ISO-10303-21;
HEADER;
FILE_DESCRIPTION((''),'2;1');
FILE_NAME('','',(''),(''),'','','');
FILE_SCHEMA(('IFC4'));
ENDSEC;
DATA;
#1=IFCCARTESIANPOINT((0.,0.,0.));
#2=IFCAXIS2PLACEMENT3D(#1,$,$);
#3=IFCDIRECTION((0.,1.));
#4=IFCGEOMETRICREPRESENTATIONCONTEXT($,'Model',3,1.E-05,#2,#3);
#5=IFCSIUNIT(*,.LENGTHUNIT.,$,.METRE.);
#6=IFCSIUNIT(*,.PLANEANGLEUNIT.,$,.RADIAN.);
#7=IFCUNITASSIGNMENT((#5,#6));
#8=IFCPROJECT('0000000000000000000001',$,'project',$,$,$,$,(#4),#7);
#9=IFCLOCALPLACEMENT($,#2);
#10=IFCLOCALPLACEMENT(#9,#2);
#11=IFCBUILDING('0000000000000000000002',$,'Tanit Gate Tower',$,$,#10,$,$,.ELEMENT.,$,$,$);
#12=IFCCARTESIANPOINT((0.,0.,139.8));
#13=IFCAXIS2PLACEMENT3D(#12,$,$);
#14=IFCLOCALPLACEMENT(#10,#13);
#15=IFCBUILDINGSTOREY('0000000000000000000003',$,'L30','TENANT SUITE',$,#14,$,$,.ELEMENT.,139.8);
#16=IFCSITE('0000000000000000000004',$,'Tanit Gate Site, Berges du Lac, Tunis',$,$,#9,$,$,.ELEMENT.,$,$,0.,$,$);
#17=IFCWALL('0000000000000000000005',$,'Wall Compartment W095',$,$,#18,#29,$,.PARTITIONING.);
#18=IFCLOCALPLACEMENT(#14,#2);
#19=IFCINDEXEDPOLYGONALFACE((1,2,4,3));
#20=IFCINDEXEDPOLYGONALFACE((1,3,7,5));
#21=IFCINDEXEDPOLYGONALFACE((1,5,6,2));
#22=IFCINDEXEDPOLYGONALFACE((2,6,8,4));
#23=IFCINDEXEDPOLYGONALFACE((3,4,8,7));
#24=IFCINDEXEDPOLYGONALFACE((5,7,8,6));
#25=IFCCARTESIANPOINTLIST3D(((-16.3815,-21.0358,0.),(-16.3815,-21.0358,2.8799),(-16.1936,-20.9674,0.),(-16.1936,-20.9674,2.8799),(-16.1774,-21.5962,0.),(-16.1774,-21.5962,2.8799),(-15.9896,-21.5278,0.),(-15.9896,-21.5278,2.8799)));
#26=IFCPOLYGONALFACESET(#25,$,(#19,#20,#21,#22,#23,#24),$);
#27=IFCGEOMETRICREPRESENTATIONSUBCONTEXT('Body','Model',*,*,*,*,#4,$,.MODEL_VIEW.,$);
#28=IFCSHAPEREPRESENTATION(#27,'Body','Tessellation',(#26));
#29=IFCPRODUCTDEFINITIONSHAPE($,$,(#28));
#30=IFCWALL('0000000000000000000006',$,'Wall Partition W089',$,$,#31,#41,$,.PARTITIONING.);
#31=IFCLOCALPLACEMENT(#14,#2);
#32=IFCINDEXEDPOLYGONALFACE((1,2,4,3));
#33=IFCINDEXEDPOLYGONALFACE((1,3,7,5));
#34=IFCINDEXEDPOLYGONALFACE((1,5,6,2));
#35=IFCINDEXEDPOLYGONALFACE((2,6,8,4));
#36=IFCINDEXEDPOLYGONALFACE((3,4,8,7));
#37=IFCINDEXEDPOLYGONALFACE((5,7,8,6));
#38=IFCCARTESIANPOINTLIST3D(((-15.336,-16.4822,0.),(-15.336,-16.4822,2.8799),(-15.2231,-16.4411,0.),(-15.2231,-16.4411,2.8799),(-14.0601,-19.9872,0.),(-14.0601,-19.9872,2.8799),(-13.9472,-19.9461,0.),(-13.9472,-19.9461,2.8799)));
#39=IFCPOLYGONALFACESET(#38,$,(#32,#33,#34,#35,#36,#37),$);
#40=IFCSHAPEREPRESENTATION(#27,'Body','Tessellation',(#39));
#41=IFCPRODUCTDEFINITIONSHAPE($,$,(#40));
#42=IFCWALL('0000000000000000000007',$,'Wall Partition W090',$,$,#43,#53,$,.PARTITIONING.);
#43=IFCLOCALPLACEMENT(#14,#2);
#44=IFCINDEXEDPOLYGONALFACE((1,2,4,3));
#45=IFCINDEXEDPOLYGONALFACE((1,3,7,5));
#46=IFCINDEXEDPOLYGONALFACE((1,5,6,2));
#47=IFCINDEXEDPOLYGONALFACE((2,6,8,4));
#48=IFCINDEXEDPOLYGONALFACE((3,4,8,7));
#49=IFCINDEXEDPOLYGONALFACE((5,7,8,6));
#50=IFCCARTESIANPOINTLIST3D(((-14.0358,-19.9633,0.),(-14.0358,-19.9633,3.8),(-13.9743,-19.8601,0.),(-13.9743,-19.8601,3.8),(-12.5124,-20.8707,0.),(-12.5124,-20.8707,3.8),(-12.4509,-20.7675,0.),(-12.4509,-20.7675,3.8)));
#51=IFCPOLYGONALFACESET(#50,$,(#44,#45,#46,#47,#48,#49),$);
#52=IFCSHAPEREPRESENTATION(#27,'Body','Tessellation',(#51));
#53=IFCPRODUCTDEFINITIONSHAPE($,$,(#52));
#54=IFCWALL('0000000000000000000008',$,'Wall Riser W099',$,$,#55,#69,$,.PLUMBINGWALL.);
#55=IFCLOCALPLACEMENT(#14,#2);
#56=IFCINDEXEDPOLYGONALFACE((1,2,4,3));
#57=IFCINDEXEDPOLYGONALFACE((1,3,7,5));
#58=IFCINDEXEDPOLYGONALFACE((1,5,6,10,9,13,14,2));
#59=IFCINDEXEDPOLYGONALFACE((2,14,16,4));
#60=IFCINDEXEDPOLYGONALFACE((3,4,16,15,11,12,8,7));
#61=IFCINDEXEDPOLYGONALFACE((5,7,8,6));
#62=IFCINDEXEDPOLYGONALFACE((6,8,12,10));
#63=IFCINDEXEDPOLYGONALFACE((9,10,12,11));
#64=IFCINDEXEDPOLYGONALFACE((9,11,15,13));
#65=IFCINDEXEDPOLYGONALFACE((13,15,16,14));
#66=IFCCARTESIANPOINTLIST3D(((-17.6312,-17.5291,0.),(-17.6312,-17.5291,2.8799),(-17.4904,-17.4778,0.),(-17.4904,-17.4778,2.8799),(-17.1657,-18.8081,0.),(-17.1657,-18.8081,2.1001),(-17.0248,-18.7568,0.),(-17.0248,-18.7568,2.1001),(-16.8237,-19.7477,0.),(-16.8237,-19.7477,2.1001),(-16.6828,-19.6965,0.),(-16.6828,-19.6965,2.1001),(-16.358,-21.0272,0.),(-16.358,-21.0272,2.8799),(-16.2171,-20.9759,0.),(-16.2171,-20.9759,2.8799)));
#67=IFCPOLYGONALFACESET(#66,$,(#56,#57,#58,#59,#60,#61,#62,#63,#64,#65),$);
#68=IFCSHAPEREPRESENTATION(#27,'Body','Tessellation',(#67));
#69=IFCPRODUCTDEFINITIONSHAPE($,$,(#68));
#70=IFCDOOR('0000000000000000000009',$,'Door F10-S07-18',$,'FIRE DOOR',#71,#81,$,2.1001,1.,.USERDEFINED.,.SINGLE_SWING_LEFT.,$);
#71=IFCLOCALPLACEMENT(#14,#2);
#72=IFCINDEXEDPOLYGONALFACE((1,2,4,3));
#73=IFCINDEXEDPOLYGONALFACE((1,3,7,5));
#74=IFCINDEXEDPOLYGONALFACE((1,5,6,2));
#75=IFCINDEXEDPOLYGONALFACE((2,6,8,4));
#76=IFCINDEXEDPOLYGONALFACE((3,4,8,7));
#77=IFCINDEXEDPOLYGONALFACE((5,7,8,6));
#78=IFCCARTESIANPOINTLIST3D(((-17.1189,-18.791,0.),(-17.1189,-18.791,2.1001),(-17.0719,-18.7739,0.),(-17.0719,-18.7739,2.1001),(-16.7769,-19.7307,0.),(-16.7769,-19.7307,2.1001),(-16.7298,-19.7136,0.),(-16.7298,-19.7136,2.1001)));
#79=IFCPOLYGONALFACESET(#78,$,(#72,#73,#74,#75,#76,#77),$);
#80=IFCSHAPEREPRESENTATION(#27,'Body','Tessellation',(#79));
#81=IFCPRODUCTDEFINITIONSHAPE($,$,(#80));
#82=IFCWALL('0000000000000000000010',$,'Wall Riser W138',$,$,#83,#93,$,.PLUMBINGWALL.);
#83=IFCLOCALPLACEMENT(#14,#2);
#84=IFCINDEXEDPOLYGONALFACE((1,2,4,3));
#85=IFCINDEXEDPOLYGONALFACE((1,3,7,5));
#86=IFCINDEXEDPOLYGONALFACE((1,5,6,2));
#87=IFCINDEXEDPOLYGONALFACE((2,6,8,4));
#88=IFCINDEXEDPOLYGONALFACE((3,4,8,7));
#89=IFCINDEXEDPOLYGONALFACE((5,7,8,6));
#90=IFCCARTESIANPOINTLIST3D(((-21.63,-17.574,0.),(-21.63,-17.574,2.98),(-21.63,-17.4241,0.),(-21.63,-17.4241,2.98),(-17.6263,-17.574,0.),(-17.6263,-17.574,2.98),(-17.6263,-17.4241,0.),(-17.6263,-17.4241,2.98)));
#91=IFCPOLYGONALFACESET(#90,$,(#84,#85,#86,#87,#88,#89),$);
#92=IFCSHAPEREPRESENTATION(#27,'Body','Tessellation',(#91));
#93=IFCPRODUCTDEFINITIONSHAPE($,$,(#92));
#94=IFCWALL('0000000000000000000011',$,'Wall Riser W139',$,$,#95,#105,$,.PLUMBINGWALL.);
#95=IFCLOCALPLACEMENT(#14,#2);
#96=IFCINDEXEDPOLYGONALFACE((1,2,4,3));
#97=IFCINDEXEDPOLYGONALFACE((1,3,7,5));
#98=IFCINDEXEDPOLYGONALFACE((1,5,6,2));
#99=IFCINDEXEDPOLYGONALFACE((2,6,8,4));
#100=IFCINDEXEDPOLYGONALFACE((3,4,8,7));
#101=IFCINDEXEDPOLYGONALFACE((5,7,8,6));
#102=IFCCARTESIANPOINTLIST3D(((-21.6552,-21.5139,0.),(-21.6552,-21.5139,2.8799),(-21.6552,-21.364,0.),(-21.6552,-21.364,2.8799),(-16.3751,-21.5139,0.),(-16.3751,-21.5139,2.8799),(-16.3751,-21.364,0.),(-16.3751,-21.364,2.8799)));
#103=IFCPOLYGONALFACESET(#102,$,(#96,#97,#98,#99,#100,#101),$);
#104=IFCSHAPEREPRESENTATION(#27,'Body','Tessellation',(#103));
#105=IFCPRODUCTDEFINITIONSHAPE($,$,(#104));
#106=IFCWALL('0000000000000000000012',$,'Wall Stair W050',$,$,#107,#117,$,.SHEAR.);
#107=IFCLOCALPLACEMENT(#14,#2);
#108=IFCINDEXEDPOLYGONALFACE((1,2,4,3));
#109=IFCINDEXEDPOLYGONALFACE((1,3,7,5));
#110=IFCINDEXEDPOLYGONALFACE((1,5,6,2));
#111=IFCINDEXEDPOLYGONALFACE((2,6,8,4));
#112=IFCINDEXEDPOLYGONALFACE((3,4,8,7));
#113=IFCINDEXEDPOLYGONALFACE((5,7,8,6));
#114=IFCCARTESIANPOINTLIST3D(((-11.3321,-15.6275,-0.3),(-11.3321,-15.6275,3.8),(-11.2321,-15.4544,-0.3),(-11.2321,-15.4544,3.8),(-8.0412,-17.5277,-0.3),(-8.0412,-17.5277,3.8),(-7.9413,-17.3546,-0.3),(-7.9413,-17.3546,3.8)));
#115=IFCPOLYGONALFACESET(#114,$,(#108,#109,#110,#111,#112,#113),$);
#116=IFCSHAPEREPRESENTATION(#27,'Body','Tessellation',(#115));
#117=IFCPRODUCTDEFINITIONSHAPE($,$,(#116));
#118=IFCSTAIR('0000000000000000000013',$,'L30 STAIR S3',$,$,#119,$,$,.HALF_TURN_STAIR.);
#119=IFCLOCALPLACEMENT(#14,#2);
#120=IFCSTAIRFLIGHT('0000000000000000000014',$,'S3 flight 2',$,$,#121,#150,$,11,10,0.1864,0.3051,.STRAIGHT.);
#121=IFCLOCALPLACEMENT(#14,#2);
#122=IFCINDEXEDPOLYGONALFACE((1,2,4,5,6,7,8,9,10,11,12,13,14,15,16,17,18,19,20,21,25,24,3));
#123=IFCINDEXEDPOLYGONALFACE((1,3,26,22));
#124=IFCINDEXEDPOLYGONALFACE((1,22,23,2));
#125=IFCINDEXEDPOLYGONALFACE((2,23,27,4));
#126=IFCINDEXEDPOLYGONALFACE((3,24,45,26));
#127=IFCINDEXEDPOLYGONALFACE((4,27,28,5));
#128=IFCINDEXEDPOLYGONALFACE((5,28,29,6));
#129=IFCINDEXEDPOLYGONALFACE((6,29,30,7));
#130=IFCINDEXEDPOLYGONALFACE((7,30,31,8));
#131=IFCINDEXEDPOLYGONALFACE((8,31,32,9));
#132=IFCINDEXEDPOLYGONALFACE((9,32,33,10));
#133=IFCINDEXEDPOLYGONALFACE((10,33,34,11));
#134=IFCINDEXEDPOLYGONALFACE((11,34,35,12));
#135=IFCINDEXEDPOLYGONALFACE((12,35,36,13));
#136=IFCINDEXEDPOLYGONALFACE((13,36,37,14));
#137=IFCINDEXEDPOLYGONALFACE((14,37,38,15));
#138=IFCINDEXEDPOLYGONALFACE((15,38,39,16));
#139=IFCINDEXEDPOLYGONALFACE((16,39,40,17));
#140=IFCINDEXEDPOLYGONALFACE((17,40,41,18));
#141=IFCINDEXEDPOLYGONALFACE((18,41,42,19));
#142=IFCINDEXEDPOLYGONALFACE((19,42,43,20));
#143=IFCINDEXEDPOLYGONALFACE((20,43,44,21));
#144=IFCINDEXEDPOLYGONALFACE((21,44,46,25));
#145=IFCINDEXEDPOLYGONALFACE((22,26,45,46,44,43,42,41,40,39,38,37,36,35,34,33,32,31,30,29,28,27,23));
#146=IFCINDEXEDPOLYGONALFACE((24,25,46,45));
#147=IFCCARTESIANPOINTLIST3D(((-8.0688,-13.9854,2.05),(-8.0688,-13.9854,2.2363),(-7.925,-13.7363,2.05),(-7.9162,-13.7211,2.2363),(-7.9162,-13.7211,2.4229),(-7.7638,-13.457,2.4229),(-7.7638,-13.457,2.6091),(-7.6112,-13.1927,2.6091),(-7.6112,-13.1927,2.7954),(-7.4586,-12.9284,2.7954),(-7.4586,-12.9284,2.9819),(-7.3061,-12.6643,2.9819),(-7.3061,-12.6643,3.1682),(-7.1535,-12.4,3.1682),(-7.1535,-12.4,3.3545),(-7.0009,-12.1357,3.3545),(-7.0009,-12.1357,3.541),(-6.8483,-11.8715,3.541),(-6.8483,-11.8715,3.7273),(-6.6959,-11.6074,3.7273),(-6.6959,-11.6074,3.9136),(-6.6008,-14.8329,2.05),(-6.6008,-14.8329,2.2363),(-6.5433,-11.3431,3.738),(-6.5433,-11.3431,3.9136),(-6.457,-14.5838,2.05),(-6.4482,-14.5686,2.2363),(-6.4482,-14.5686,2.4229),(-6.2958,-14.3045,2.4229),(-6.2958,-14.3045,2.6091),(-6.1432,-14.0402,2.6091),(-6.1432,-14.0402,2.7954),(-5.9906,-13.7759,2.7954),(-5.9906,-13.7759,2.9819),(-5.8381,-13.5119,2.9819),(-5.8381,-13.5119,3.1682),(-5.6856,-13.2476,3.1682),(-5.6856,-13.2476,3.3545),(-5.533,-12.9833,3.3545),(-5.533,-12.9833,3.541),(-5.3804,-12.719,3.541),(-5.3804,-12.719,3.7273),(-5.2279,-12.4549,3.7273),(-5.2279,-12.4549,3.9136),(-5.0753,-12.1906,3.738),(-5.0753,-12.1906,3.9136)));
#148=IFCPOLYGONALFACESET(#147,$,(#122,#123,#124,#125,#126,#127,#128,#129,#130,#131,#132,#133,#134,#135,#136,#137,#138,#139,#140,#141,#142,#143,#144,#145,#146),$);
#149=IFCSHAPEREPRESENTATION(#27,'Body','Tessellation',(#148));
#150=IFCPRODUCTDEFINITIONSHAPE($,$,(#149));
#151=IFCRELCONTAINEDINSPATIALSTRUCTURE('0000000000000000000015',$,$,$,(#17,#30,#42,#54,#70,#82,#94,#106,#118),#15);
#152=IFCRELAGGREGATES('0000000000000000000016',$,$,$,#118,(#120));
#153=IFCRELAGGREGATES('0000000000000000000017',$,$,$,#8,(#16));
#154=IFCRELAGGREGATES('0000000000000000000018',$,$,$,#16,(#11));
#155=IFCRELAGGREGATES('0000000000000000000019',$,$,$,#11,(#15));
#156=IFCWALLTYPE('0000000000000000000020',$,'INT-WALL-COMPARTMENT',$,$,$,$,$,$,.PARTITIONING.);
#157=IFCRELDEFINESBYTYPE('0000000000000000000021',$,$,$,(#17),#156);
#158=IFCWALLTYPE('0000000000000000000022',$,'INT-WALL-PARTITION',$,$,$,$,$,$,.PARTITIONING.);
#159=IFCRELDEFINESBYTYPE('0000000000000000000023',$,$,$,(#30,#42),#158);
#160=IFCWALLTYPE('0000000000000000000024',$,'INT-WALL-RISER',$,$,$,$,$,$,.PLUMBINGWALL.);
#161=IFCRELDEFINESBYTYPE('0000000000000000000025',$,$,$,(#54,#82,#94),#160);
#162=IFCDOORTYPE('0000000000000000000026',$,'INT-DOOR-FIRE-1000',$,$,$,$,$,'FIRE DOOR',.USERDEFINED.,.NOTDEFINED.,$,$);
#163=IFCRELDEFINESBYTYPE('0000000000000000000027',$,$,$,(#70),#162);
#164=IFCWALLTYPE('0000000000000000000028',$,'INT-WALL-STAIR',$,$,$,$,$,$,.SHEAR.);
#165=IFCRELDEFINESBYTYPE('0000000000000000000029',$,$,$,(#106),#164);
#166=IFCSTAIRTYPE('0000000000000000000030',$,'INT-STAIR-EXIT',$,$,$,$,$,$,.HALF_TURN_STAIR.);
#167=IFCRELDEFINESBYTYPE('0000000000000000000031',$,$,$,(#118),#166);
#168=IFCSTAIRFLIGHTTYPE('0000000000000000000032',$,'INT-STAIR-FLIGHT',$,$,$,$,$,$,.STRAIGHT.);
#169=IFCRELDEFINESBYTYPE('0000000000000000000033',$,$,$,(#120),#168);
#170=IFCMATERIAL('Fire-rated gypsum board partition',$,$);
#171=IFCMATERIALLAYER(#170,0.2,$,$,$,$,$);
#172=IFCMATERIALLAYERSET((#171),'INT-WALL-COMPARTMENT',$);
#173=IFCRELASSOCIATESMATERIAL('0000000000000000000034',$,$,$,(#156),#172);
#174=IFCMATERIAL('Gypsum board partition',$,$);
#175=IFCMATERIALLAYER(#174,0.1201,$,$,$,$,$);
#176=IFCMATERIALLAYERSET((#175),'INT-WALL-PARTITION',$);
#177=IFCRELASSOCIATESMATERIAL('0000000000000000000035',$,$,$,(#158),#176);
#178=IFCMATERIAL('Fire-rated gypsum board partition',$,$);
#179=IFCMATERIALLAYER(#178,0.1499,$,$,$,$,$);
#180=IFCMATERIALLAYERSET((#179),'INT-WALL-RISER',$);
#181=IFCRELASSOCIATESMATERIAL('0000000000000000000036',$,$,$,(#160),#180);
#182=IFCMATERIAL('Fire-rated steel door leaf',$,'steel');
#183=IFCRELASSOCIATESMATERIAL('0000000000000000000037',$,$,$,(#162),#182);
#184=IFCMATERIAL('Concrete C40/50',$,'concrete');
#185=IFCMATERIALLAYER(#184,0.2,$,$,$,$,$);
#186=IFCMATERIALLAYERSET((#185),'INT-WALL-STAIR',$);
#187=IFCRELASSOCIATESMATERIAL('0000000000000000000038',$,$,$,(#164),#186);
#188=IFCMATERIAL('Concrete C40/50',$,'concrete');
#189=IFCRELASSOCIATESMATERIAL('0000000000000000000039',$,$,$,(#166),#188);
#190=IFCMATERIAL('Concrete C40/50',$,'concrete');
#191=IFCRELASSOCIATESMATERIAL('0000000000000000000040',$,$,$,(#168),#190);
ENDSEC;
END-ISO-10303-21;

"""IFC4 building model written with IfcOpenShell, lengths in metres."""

from ifc_helpers import new_model, si_unit, direction, frame, frame_2d, origin, place, context, subcontext, project, spatial, polyline, rectangle, outline, extrude, material, layer, layer_set, type_object, element, fill, aggregate, save


model = new_model("IFC4")

# Units and contexts
model_context = context("Model", 3, precision=1e-05, world=origin(), true_north=direction((0.0, 1.0)))
body_context = subcontext(model_context, "Body", "Model", "MODEL_VIEW")
ifc_project = project(units=[si_unit("LENGTHUNIT", "METRE"), si_unit("PLANEANGLEUNIT", "RADIAN")], contexts=[model_context])

# Site, building, storey
site_placement = place(None, origin())
site = spatial("IfcSite", under=ifc_project, at=site_placement, Name="Tanit Gate Site, Berges du Lac, Tunis", CompositionType="ELEMENT", RefElevation=0.0)
building_placement = place(site_placement, origin())
building = spatial("IfcBuilding", under=site, at=building_placement, Name="Tanit Gate Tower", CompositionType="ELEMENT")
storey_placement = place(building_placement, frame((0.0, 0.0, 139.8)))
storey = spatial("IfcBuildingStorey", under=building, at=storey_placement, Name="L30", Description="TENANT SUITE", CompositionType="ELEMENT", Elevation=139.8)

# Walls
ifc_material_1 = material(Name="Fire-rated gypsum board partition")
ifc_layer_1 = layer(ifc_material_1, 0.2)
ifc_layer_set_1 = layer_set([ifc_layer_1], Name="INT-WALL-COMPARTMENT")
wall_type_1 = type_object("IfcWallType", Name="INT-WALL-COMPARTMENT", PredefinedType="PARTITIONING", material=ifc_layer_set_1)
wall_1_placement = place(storey_placement, frame((-16.2876, -21.0015, 0.0), z_axis=(0.0, 0.0, 1.0), x_axis=(0.342137, -0.93965, 0.0)))
element("IfcWall", 1, at=wall_1_placement, inside=storey, type_object=wall_type_1, Name="Wall Compartment W095", PredefinedType="PARTITIONING", context=body_context, shape_type="SweptSolid", body=[
    extrude(rectangle(XDim=0.5964, YDim=0.2, at=frame_2d((0.2983, 0.0))), origin(), (0.0, 0.0, 1.0), 2.8799),
])
ifc_material_2 = material(Name="Gypsum board partition")
ifc_layer_2 = layer(ifc_material_2, 0.1201)
ifc_layer_set_2 = layer_set([ifc_layer_2], Name="INT-WALL-PARTITION")
wall_type_2 = type_object("IfcWallType", Name="INT-WALL-PARTITION", PredefinedType="PARTITIONING", material=ifc_layer_set_2)
wall_2_placement = place(storey_placement, frame((-15.2795, -16.4617, 0.0), z_axis=(0.0, 0.0, 1.0), x_axis=(0.342069, -0.939675, 0.0)))
element("IfcWall", 2, at=wall_2_placement, inside=storey, type_object=wall_type_2, Name="Wall Partition W089", PredefinedType="PARTITIONING", context=body_context, shape_type="SweptSolid", body=[
    extrude(rectangle(XDim=3.73, YDim=0.1201, at=frame_2d((1.865, 0.0))), origin(), (0.0, 0.0, 1.0), 2.8799),
])
wall_3_placement = place(storey_placement, frame((-14.0051, -19.9116, 0.0), z_axis=(0.0, 0.0, 1.0), x_axis=(0.859129, -0.51176, 0.0)))
element("IfcWall", 3, at=wall_3_placement, inside=storey, type_object=wall_type_2, Name="Wall Partition W090", PredefinedType="PARTITIONING", context=body_context, shape_type="SweptSolid", body=[
    extrude(rectangle(XDim=1.7732, YDim=0.1201, at=frame_2d((0.8867, 0.0))), origin(), (0.0, 0.0, 1.0), 3.8),
])

# Wall, opening, door
ifc_material_3 = material(Name="Fire-rated gypsum board partition")
ifc_layer_3 = layer(ifc_material_3, 0.1499)
ifc_layer_set_3 = layer_set([ifc_layer_3], Name="INT-WALL-RISER")
wall_type_3 = type_object("IfcWallType", Name="INT-WALL-RISER", PredefinedType="PLUMBINGWALL", material=ifc_layer_set_3)
wall_4_placement = place(storey_placement, frame((-17.5608, -17.5034, 0.0), z_axis=(0.0, 0.0, 1.0), x_axis=(0.342022, -0.939692, 0.0)))
wall_4 = element("IfcWall", 4, at=wall_4_placement, inside=storey, type_object=wall_type_3, Name="Wall Riser W099", PredefinedType="PLUMBINGWALL", context=body_context, shape_type="SweptSolid", body=[
    extrude(rectangle(XDim=3.7227, YDim=0.1499, at=frame_2d((1.8613, 0.0))), origin(), (0.0, 0.0, 1.0), 2.8799),
])
opening_1_placement = place(wall_4_placement, frame((1.3611, 0.0, 0.0)))
opening_1 = element("IfcOpeningElement", 5, at=opening_1_placement, cuts=wall_4, PredefinedType="OPENING", context=body_context, shape_type="SweptSolid", body=[
    extrude(rectangle(XDim=1.0, YDim=2.1001, at=frame_2d((0.5, 1.05))), frame((0.0, 0.085, 0.0), z_axis=(0.0, -1.0, 0.0), x_axis=(1.0, 0.0, 0.0)), (0.0, 0.0, 1.0), 0.1699),
])
ifc_material_4 = material(Name="Fire-rated steel door leaf", Category="steel")
door_type_1 = type_object("IfcDoorType", Name="INT-DOOR-FIRE-1000", ElementType="FIRE DOOR", OperationType="NOTDEFINED", PredefinedType="USERDEFINED", material=ifc_material_4)
door_1_placement = place(opening_1_placement, origin())
door_1 = element("IfcDoor", 6, at=door_1_placement, inside=storey, type_object=door_type_1, Name="Door F10-S07-18", ObjectType="FIRE DOOR", OperationType="SINGLE_SWING_LEFT", OverallHeight=2.1001, OverallWidth=1.0, PredefinedType="USERDEFINED", context=body_context, shape_type="SweptSolid", body=[
    extrude(rectangle(XDim=1.0, YDim=2.1001, at=frame_2d((0.5, 1.05))), frame((0.0, 0.0249, 0.0), z_axis=(0.0, -1.0, 0.0), x_axis=(1.0, 0.0, 0.0)), (0.0, 0.0, 1.0), 0.05),
])
fill(opening_1, door_1)

# Walls
wall_5_placement = place(storey_placement, frame((-17.6262, -17.499, 0.0), z_axis=(0.0, 0.0, 1.0), x_axis=(-1.0, 0.0, 0.0)))
element("IfcWall", 7, at=wall_5_placement, inside=storey, type_object=wall_type_3, Name="Wall Riser W138", PredefinedType="PLUMBINGWALL", context=body_context, shape_type="SweptSolid", body=[
    extrude(rectangle(XDim=4.0037, YDim=0.1499, at=frame_2d((2.002, 0.0))), origin(), (0.0, 0.0, 1.0), 2.98),
])
wall_6_placement = place(storey_placement, frame((-16.375, -21.439, 0.0), z_axis=(0.0, 0.0, 1.0), x_axis=(-1.0, 0.0, 0.0)))
element("IfcWall", 8, at=wall_6_placement, inside=storey, type_object=wall_type_3, Name="Wall Riser W139", PredefinedType="PLUMBINGWALL", context=body_context, shape_type="SweptSolid", body=[
    extrude(rectangle(XDim=5.28, YDim=0.1499, at=frame_2d((2.6401, 0.0))), origin(), (0.0, 0.0, 1.0), 2.8799),
])
ifc_material_5 = material(Name="Concrete C40/50", Category="concrete")
ifc_layer_4 = layer(ifc_material_5, 0.2)
ifc_layer_set_4 = layer_set([ifc_layer_4], Name="INT-WALL-STAIR")
wall_type_4 = type_object("IfcWallType", Name="INT-WALL-STAIR", PredefinedType="SHEAR", material=ifc_layer_set_4)
wall_7_placement = place(storey_placement, frame((-11.282, -15.541, -0.3), z_axis=(0.0, 0.0, 1.0), x_axis=(0.866, -0.500043, 0.0)))
element("IfcWall", 9, at=wall_7_placement, inside=storey, type_object=wall_type_4, Name="Wall Stair W050", PredefinedType="SHEAR", context=body_context, shape_type="SweptSolid", body=[
    extrude(rectangle(XDim=3.8, YDim=0.2, at=frame_2d((1.8999, 0.0))), origin(), (0.0, 0.0, 1.0), 4.1001),
])

# Stair, stair flight
ifc_material_6 = material(Name="Concrete C40/50", Category="concrete")
stair_type = type_object("IfcStairType", Name="INT-STAIR-EXIT", PredefinedType="HALF_TURN_STAIR", material=ifc_material_6)
stair_placement = place(storey_placement, origin())
stair = element("IfcStair", 10, at=stair_placement, inside=storey, type_object=stair_type, Name="L30 STAIR S3", PredefinedType="HALF_TURN_STAIR")
ifc_material_7 = material(Name="Concrete C40/50", Category="concrete")
stair_flight_type = type_object("IfcStairFlightType", Name="INT-STAIR-FLIGHT", PredefinedType="STRAIGHT", material=ifc_material_7)
stair_flight_placement = place(storey_placement, frame((-7.3347, -14.4092, 2.05), z_axis=(0.0, 0.0, 1.0), x_axis=(0.5, 0.866025, 0.0)))
stair_flight = element("IfcStairFlight", 11, at=stair_flight_placement, type_object=stair_flight_type, Name="S3 flight 2", NumberOfRisers=11, NumberOfTreads=10, PredefinedType="STRAIGHT", RiserHeight=0.1864, TreadLength=0.3051, context=body_context, shape_type="SweptSolid", body=[
    extrude(outline(polyline([(0.0, 0.0), (0.0, 0.1863), (0.3052, 0.1863), (0.3052, 0.3728), (0.6101, 0.3728), (0.6101, 0.5591), (0.9153, 0.5591), (0.9153, 0.7454), (1.2205, 0.7454), (1.2205, 0.9319), (1.5254, 0.9319), (1.5254, 1.1182), (1.8306, 1.1182), (1.8306, 1.3044), (2.1357, 1.3044), (2.1357, 1.491), (2.4409, 1.491), (2.4409, 1.6772), (2.7458, 1.6772), (2.7458, 1.8635), (3.051, 1.8635), (3.051, 2.05), (3.051, 1.688), (0.2876, 0.0), (0.0, 0.0)])), frame((0.0, 0.8477, 0.0), z_axis=(0.0, -1.0, 0.0), x_axis=(1.0, 0.0, 0.0)), (0.0, 0.0, 1.0), 1.6951),
])
aggregate(stair, [stair_flight])

save(model, "model.ifc")
